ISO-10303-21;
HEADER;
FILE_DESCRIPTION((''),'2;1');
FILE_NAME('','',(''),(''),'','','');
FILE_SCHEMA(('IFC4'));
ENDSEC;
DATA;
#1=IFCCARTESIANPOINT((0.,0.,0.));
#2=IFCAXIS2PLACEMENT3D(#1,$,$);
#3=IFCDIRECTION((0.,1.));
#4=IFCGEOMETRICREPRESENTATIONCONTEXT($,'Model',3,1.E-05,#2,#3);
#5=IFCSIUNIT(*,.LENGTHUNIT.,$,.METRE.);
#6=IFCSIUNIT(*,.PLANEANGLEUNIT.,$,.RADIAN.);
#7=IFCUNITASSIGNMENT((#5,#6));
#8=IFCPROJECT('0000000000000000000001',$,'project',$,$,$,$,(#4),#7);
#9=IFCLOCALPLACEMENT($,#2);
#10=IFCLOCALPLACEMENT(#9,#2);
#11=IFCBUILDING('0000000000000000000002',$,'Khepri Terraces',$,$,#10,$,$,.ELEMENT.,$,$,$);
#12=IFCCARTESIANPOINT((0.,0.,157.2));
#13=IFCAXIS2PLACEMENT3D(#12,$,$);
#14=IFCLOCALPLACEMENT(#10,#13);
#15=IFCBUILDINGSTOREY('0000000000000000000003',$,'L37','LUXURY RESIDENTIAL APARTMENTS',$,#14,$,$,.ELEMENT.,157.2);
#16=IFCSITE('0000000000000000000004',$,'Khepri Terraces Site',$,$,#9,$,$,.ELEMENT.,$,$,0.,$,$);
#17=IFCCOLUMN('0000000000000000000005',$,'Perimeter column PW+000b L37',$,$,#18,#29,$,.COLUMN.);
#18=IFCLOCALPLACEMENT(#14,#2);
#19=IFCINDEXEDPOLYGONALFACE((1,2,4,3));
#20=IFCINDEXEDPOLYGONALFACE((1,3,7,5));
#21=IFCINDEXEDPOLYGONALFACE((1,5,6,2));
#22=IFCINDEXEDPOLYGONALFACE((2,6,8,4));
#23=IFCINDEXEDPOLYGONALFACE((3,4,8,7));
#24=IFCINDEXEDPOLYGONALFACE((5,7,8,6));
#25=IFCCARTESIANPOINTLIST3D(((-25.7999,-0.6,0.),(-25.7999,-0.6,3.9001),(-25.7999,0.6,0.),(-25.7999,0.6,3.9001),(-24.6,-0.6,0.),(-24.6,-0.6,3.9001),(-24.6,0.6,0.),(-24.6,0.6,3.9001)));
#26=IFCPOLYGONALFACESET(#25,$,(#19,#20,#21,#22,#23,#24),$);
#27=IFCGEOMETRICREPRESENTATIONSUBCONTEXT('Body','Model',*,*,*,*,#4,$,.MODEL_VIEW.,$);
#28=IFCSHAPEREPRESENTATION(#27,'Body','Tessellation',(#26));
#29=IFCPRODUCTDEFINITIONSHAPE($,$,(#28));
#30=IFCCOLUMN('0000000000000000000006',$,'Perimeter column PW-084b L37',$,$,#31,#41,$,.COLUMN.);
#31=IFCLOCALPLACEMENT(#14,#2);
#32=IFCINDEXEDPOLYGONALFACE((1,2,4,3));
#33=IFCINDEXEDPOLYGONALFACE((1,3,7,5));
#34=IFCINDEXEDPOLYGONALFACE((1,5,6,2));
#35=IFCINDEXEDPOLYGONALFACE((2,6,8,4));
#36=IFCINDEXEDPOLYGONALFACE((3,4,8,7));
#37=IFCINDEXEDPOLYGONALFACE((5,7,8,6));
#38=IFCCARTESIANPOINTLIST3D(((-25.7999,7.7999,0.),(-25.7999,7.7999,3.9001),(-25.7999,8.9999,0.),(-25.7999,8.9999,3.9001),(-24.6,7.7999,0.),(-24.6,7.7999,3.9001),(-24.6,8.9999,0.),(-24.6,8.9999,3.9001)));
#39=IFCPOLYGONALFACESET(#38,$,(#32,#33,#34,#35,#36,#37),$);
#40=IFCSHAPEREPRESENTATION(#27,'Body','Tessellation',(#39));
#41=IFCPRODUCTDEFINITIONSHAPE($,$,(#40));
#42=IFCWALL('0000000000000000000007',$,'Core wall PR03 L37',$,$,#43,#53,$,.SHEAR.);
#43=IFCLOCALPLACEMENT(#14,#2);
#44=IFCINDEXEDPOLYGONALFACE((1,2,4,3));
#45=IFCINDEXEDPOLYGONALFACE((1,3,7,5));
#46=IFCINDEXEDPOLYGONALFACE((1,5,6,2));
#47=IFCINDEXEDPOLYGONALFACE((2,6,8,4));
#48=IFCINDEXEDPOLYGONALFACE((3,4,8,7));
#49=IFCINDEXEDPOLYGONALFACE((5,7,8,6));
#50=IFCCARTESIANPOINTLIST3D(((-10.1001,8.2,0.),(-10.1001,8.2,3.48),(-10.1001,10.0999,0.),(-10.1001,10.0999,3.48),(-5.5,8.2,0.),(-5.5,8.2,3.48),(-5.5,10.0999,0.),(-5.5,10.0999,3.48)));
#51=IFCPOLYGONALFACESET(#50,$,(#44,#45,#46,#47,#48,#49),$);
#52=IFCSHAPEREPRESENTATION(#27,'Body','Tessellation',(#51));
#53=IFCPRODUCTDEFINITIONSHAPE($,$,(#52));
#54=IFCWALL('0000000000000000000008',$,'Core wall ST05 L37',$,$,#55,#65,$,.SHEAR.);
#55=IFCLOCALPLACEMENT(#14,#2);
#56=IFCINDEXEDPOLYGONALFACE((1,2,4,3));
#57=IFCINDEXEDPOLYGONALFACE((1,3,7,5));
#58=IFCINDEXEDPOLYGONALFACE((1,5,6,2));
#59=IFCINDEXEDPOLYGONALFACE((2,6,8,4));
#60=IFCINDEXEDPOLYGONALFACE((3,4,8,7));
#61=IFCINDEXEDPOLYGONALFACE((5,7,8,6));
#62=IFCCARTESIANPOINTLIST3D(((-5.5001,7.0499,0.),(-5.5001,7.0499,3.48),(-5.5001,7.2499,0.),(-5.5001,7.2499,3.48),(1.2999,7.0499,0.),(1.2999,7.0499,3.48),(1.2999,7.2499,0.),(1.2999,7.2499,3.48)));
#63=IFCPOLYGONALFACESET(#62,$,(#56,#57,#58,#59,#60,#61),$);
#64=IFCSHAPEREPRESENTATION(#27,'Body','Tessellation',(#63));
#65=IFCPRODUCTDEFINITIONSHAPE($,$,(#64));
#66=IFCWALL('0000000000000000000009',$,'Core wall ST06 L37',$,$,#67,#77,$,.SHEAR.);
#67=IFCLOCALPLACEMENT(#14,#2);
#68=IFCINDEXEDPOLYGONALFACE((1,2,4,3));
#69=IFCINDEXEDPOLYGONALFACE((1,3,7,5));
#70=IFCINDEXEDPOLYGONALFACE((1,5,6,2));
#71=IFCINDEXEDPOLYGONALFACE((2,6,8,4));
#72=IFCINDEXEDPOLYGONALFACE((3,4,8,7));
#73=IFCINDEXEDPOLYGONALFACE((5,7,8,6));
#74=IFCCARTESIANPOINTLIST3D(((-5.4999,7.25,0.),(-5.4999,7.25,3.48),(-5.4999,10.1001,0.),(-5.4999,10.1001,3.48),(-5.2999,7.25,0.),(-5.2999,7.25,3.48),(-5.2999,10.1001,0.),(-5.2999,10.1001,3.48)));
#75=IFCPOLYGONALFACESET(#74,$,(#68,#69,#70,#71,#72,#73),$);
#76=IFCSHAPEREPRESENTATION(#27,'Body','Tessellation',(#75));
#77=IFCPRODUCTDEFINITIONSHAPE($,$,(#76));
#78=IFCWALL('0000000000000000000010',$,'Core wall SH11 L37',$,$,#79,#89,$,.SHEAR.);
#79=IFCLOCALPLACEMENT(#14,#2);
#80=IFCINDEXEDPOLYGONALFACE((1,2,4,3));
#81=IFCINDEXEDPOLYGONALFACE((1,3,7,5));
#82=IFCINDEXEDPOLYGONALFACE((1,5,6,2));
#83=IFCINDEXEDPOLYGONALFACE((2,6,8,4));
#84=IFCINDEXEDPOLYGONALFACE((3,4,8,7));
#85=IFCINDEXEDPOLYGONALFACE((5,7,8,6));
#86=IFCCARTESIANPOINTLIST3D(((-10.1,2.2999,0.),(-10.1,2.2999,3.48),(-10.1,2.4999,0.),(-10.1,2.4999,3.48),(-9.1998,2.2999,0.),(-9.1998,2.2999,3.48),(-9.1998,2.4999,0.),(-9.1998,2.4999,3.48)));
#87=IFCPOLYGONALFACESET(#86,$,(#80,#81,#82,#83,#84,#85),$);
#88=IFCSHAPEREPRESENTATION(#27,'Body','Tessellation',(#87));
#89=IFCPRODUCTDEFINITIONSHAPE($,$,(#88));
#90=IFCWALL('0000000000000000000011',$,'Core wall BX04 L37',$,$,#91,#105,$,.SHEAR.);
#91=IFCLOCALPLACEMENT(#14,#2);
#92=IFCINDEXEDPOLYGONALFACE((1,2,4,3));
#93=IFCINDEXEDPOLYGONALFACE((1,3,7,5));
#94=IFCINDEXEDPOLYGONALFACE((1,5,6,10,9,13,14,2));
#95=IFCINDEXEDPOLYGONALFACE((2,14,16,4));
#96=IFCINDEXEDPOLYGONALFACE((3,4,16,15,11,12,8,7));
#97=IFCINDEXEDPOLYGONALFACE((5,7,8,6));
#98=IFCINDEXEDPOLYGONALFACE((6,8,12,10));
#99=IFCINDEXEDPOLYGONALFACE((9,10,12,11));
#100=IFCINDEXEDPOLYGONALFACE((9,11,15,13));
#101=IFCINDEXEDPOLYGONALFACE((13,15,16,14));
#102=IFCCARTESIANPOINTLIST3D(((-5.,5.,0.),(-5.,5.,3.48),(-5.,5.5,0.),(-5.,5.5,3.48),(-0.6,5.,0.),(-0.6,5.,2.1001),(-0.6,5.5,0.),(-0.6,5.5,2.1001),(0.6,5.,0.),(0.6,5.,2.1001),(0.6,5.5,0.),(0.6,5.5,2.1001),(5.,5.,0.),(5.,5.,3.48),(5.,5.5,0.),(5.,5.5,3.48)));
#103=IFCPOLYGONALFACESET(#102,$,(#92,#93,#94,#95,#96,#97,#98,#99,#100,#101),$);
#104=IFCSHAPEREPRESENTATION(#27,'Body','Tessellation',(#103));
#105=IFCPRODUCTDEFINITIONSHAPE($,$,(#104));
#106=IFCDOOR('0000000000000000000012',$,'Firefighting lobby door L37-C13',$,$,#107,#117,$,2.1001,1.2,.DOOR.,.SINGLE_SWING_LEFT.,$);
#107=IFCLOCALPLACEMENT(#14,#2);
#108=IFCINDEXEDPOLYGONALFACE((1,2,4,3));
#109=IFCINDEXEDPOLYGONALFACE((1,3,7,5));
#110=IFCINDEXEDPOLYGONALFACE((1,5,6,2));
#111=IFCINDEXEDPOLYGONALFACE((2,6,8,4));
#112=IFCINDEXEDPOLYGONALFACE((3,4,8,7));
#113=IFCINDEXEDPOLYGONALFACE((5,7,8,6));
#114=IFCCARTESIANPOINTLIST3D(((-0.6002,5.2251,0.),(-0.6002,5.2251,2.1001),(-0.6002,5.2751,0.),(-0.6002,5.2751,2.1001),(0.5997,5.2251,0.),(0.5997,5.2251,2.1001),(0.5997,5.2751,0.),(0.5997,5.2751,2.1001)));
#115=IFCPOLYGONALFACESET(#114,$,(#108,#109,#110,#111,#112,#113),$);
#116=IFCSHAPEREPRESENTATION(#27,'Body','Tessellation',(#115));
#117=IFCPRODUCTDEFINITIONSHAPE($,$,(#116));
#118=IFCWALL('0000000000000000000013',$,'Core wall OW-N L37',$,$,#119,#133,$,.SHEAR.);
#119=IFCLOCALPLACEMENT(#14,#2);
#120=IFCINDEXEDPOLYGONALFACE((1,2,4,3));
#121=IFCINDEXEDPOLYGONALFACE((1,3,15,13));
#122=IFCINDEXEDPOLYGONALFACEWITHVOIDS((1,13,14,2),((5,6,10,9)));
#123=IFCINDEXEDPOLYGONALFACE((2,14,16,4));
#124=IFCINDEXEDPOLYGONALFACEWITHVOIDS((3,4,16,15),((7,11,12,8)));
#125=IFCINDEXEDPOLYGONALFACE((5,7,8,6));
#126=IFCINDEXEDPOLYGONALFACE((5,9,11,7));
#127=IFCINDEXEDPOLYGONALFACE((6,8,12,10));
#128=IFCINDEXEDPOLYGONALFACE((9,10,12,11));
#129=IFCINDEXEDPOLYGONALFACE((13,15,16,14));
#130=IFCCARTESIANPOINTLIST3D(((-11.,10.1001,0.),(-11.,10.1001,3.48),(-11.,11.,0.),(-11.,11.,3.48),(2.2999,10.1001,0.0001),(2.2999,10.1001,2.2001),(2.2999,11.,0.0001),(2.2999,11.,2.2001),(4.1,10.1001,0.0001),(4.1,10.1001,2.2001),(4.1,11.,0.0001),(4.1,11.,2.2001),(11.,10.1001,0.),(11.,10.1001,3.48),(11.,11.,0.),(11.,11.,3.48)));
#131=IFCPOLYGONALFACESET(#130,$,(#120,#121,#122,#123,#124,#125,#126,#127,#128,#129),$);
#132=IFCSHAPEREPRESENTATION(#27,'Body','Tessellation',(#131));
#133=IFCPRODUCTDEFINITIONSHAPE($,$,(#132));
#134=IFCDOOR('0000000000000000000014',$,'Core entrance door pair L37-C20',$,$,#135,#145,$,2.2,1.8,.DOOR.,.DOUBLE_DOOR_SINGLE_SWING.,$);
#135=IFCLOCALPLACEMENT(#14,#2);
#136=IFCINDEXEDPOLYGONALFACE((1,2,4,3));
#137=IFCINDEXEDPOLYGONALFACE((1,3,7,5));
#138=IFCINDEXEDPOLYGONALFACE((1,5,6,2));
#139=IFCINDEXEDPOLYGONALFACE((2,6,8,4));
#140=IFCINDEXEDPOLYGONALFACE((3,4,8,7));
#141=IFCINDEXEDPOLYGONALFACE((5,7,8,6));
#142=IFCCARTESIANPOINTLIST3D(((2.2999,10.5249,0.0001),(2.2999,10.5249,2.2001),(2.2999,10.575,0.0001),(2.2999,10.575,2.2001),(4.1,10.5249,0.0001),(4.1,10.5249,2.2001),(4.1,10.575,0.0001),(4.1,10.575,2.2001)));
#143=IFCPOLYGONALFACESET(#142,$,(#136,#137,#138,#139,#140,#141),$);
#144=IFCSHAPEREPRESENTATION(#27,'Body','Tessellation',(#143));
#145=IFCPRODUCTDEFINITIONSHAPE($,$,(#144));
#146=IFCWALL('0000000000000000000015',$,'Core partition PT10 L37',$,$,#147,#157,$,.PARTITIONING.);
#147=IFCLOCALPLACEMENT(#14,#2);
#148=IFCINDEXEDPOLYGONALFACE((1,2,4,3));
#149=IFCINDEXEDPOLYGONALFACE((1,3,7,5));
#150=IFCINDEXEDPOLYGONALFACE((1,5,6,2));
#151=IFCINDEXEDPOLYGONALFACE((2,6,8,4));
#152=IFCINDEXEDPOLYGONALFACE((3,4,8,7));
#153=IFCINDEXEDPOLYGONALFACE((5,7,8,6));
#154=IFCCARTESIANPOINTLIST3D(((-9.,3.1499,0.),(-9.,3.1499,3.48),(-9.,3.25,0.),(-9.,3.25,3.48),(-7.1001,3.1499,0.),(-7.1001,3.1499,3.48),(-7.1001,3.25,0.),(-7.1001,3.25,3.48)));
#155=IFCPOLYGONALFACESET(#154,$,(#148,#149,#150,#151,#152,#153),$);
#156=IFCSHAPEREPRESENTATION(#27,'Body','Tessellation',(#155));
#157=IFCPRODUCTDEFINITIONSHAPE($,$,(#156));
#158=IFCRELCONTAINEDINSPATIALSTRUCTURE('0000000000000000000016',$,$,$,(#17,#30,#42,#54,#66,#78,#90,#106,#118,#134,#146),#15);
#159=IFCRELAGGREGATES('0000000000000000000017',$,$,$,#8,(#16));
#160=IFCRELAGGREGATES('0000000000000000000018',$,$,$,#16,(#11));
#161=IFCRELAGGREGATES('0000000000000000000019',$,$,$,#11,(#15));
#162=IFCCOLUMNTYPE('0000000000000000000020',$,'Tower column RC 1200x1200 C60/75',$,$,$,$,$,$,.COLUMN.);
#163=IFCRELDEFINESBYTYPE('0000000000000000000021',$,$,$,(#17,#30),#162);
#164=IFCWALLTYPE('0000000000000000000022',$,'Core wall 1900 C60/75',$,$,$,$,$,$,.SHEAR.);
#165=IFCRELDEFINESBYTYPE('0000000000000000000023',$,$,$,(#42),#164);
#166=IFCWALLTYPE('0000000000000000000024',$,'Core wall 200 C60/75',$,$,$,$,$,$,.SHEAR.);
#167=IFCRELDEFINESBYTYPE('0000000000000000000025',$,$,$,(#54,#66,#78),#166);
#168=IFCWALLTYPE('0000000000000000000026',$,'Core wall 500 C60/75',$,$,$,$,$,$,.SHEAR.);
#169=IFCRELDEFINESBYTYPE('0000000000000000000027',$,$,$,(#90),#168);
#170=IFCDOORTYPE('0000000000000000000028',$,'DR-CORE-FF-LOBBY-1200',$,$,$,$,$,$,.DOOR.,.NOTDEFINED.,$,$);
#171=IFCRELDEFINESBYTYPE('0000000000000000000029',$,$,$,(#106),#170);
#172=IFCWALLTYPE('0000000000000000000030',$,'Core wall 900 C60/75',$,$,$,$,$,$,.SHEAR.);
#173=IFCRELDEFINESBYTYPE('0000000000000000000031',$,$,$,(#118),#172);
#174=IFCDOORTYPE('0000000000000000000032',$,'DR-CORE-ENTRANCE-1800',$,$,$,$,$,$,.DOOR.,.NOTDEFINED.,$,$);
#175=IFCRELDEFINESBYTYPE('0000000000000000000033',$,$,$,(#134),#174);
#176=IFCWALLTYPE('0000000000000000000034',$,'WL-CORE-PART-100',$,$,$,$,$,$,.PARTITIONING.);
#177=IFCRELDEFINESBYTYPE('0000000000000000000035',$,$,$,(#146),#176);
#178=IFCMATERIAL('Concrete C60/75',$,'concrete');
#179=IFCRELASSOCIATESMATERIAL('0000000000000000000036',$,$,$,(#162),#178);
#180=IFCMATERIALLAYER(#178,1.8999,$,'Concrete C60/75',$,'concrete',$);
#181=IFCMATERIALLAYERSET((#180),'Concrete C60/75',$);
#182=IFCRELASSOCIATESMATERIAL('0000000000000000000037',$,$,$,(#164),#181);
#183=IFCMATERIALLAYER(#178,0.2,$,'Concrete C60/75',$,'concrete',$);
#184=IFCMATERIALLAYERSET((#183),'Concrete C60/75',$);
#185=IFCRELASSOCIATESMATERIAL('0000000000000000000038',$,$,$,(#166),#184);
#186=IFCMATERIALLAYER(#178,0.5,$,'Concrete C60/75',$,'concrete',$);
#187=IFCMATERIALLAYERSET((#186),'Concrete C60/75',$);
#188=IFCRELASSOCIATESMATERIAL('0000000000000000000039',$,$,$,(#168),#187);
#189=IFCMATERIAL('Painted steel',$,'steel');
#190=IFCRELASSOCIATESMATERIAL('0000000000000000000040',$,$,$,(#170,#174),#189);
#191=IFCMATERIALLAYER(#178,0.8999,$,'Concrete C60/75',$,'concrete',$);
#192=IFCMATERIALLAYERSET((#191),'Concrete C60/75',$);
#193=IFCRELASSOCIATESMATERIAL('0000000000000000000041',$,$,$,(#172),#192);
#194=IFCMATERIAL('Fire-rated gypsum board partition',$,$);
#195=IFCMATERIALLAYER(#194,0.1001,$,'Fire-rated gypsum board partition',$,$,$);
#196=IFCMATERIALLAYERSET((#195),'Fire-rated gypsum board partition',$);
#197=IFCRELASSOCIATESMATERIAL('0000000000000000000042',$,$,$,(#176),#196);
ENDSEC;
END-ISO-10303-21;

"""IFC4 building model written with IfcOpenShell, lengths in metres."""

from ifc_helpers import new_model, si_unit, direction, frame, frame_2d, origin, origin_2d, place, context, subcontext, project, spatial, rectangle, extrude, material, layer, layer_set, material_profile, profile_set, type_object, element, fill, save


model = new_model("IFC4")

# Units and contexts
model_context = context("Model", 3, precision=1e-05, world=origin(), true_north=direction((0.0, 1.0)))
body_context = subcontext(model_context, "Body", "Model", "MODEL_VIEW")
ifc_project = project(units=[si_unit("LENGTHUNIT", "METRE"), si_unit("PLANEANGLEUNIT", "RADIAN")], contexts=[model_context])

# Site, building, storey
site_placement = place(None, origin())
site = spatial("IfcSite", under=ifc_project, at=site_placement, Name="Khepri Terraces Site", CompositionType="ELEMENT", RefElevation=0.0)
building_placement = place(site_placement, origin())
building = spatial("IfcBuilding", under=site, at=building_placement, Name="Khepri Terraces", CompositionType="ELEMENT")
storey_placement = place(building_placement, frame((0.0, 0.0, 157.2)))
storey = spatial("IfcBuildingStorey", under=building, at=storey_placement, Name="L37", Description="LUXURY RESIDENTIAL APARTMENTS", CompositionType="ELEMENT", Elevation=157.2)

# Columns
ifc_material_1 = material(Name="Concrete C60/75", Category="concrete")
ifc_material_profile = material_profile(ifc_material_1, rectangle(XDim=1.2, YDim=1.2, at=origin_2d()), Name="Concrete C60/75", Category="concrete")
ifc_profile_set = profile_set([ifc_material_profile], Name="Concrete C60/75")
column_type = type_object("IfcColumnType", Name="Tower column RC 1200x1200 C60/75", PredefinedType="COLUMN", material=ifc_profile_set)
for number, where, z_axis, x_axis, name in (
    (1, (-25.2, 0.0, 0.0), (0.0, 0.0, 1.0), (1.0, 0.0, 0.0), "Perimeter column PW+000b L37"),
    (2, (-25.2, 8.3999, 0.0), (0.0, 0.0, 1.0), (1.0, 0.0, 0.0), "Perimeter column PW-084b L37"),
):
    element("IfcColumn", number, at=place(storey_placement, frame(where, z_axis=z_axis, x_axis=x_axis)), inside=storey, type_object=column_type, Name=name, PredefinedType="COLUMN", context=body_context, shape_type="SweptSolid", body=[
        extrude(rectangle(XDim=1.2, YDim=1.2, at=origin_2d()), origin(), (0.0, 0.0, 1.0), 3.9001),
    ])

# Walls
ifc_layer_1 = layer(ifc_material_1, 1.8999, Name="Concrete C60/75", Category="concrete")
ifc_layer_set_1 = layer_set([ifc_layer_1], Name="Concrete C60/75")
wall_type_1 = type_object("IfcWallType", Name="Core wall 1900 C60/75", PredefinedType="SHEAR", material=ifc_layer_set_1)
wall_1_placement = place(storey_placement, frame((-10.1001, 9.1499, 0.0), z_axis=(0.0, 0.0, 1.0), x_axis=(1.0, 0.0, 0.0)))
element("IfcWall", 3, at=wall_1_placement, inside=storey, type_object=wall_type_1, Name="Core wall PR03 L37", PredefinedType="SHEAR", context=body_context, shape_type="SweptSolid", body=[
    extrude(rectangle(XDim=4.6001, YDim=1.8999, at=frame_2d((2.3, 0.0))), origin(), (0.0, 0.0, 1.0), 3.48),
])
ifc_layer_2 = layer(ifc_material_1, 0.2, Name="Concrete C60/75", Category="concrete")
ifc_layer_set_2 = layer_set([ifc_layer_2], Name="Concrete C60/75")
wall_type_2 = type_object("IfcWallType", Name="Core wall 200 C60/75", PredefinedType="SHEAR", material=ifc_layer_set_2)
wall_2_placement = place(storey_placement, frame((-5.5, 7.1499, 0.0), z_axis=(0.0, 0.0, 1.0), x_axis=(1.0, 0.0, 0.0)))
element("IfcWall", 4, at=wall_2_placement, inside=storey, type_object=wall_type_2, Name="Core wall ST05 L37", PredefinedType="SHEAR", context=body_context, shape_type="SweptSolid", body=[
    extrude(rectangle(XDim=6.8, YDim=0.2, at=frame_2d((3.3999, 0.0))), origin(), (0.0, 0.0, 1.0), 3.48),
])
wall_3_placement = place(storey_placement, frame((-5.3999, 7.25, 0.0), z_axis=(0.0, 0.0, 1.0), x_axis=(0.0, 1.0, 0.0)))
element("IfcWall", 5, at=wall_3_placement, inside=storey, type_object=wall_type_2, Name="Core wall ST06 L37", PredefinedType="SHEAR", context=body_context, shape_type="SweptSolid", body=[
    extrude(rectangle(XDim=2.8501, YDim=0.2, at=frame_2d((1.425, 0.0))), origin(), (0.0, 0.0, 1.0), 3.48),
])
wall_4_placement = place(storey_placement, frame((-10.1001, 2.3999, 0.0), z_axis=(0.0, 0.0, 1.0), x_axis=(1.0, 0.0, 0.0)))
element("IfcWall", 6, at=wall_4_placement, inside=storey, type_object=wall_type_2, Name="Core wall SH11 L37", PredefinedType="SHEAR", context=body_context, shape_type="SweptSolid", body=[
    extrude(rectangle(XDim=0.9001, YDim=0.2, at=frame_2d((0.4502, 0.0))), origin(), (0.0, 0.0, 1.0), 3.48),
])

# Walls, openings, doors
ifc_layer_3 = layer(ifc_material_1, 0.5, Name="Concrete C60/75", Category="concrete")
ifc_layer_set_3 = layer_set([ifc_layer_3], Name="Concrete C60/75")
wall_type_3 = type_object("IfcWallType", Name="Core wall 500 C60/75", PredefinedType="SHEAR", material=ifc_layer_set_3)
wall_5_placement = place(storey_placement, frame((-5.0, 5.25, 0.0), z_axis=(0.0, 0.0, 1.0), x_axis=(1.0, 0.0, 0.0)))
wall_5 = element("IfcWall", 7, at=wall_5_placement, inside=storey, type_object=wall_type_3, Name="Core wall BX04 L37", PredefinedType="SHEAR", context=body_context, shape_type="SweptSolid", body=[
    extrude(rectangle(XDim=10.0, YDim=0.5, at=frame_2d((5.0, 0.0))), origin(), (0.0, 0.0, 1.0), 3.48),
])
opening_1_placement = place(wall_5_placement, frame((4.3999, 0.0, 0.0)))
opening_1 = element("IfcOpeningElement", 8, at=opening_1_placement, cuts=wall_5, PredefinedType="OPENING", context=body_context, shape_type="SweptSolid", body=[
    extrude(rectangle(XDim=1.2, YDim=2.1001, at=frame_2d((0.6001, 1.05))), frame((0.0, 0.26, 0.0), z_axis=(0.0, -1.0, 0.0), x_axis=(1.0, 0.0, 0.0)), (0.0, 0.0, 1.0), 0.52),
])
ifc_material_2 = material(Name="Painted steel", Category="steel")
door_type_1 = type_object("IfcDoorType", Name="DR-CORE-FF-LOBBY-1200", OperationType="NOTDEFINED", PredefinedType="DOOR", material=ifc_material_2)
door_1_placement = place(opening_1_placement, frame((1.2, 0.0, 0.0), z_axis=(0.0, 0.0, 1.0), x_axis=(-1.0, 0.0, 0.0)))
door_1 = element("IfcDoor", 9, at=door_1_placement, inside=storey, type_object=door_type_1, Name="Firefighting lobby door L37-C13", OperationType="SINGLE_SWING_LEFT", OverallHeight=2.1001, OverallWidth=1.2, PredefinedType="DOOR", context=body_context, shape_type="SweptSolid", body=[
    extrude(rectangle(XDim=1.2, YDim=2.1001, at=frame_2d((0.6001, 1.05))), frame((0.0, 0.0249, 0.0), z_axis=(0.0, -1.0, 0.0), x_axis=(1.0, 0.0, 0.0)), (0.0, 0.0, 1.0), 0.05),
])
fill(opening_1, door_1)
ifc_layer_4 = layer(ifc_material_1, 0.8999, Name="Concrete C60/75", Category="concrete")
ifc_layer_set_4 = layer_set([ifc_layer_4], Name="Concrete C60/75")
wall_type_4 = type_object("IfcWallType", Name="Core wall 900 C60/75", PredefinedType="SHEAR", material=ifc_layer_set_4)
wall_6_placement = place(storey_placement, frame((-11.0, 10.55, 0.0), z_axis=(0.0, 0.0, 1.0), x_axis=(1.0, 0.0, 0.0)))
wall_6 = element("IfcWall", 10, at=wall_6_placement, inside=storey, type_object=wall_type_4, Name="Core wall OW-N L37", PredefinedType="SHEAR", context=body_context, shape_type="SweptSolid", body=[
    extrude(rectangle(XDim=22.0, YDim=0.8999, at=frame_2d((11.0, 0.0))), origin(), (0.0, 0.0, 1.0), 3.48),
])
opening_2_placement = place(wall_6_placement, frame((13.3, 0.0, 0.0)))
opening_2 = element("IfcOpeningElement", 11, at=opening_2_placement, cuts=wall_6, PredefinedType="OPENING", context=body_context, shape_type="SweptSolid", body=[
    extrude(rectangle(XDim=1.8, YDim=2.2, at=frame_2d((0.8999, 1.1001))), frame((0.0, 0.46, 0.0), z_axis=(0.0, -1.0, 0.0), x_axis=(1.0, 0.0, 0.0)), (0.0, 0.0, 1.0), 0.9199),
])
door_type_2 = type_object("IfcDoorType", Name="DR-CORE-ENTRANCE-1800", OperationType="NOTDEFINED", PredefinedType="DOOR", material=ifc_material_2)
door_2_placement = place(opening_2_placement, origin())
door_2 = element("IfcDoor", 12, at=door_2_placement, inside=storey, type_object=door_type_2, Name="Core entrance door pair L37-C20", OperationType="DOUBLE_DOOR_SINGLE_SWING", OverallHeight=2.2, OverallWidth=1.8, PredefinedType="DOOR", context=body_context, shape_type="SweptSolid", body=[
    extrude(rectangle(XDim=1.8, YDim=2.2, at=frame_2d((0.8999, 1.1001))), frame((0.0, 0.0249, 0.0), z_axis=(0.0, -1.0, 0.0), x_axis=(1.0, 0.0, 0.0)), (0.0, 0.0, 1.0), 0.05),
])
fill(opening_2, door_2)

# Wall
ifc_material_3 = material(Name="Fire-rated gypsum board partition")
ifc_layer_5 = layer(ifc_material_3, 0.1001, Name="Fire-rated gypsum board partition")
ifc_layer_set_5 = layer_set([ifc_layer_5], Name="Fire-rated gypsum board partition")
wall_type_5 = type_object("IfcWallType", Name="WL-CORE-PART-100", PredefinedType="PARTITIONING", material=ifc_layer_set_5)
wall_7_placement = place(storey_placement, frame((-9.0, 3.2, 0.0), z_axis=(0.0, 0.0, 1.0), x_axis=(1.0, 0.0, 0.0)))
element("IfcWall", 13, at=wall_7_placement, inside=storey, type_object=wall_type_5, Name="Core partition PT10 L37", PredefinedType="PARTITIONING", context=body_context, shape_type="SweptSolid", body=[
    extrude(rectangle(XDim=1.8999, YDim=0.1001, at=frame_2d((0.95, 0.0))), origin(), (0.0, 0.0, 1.0), 3.48),
])

save(model, "model.ifc")
